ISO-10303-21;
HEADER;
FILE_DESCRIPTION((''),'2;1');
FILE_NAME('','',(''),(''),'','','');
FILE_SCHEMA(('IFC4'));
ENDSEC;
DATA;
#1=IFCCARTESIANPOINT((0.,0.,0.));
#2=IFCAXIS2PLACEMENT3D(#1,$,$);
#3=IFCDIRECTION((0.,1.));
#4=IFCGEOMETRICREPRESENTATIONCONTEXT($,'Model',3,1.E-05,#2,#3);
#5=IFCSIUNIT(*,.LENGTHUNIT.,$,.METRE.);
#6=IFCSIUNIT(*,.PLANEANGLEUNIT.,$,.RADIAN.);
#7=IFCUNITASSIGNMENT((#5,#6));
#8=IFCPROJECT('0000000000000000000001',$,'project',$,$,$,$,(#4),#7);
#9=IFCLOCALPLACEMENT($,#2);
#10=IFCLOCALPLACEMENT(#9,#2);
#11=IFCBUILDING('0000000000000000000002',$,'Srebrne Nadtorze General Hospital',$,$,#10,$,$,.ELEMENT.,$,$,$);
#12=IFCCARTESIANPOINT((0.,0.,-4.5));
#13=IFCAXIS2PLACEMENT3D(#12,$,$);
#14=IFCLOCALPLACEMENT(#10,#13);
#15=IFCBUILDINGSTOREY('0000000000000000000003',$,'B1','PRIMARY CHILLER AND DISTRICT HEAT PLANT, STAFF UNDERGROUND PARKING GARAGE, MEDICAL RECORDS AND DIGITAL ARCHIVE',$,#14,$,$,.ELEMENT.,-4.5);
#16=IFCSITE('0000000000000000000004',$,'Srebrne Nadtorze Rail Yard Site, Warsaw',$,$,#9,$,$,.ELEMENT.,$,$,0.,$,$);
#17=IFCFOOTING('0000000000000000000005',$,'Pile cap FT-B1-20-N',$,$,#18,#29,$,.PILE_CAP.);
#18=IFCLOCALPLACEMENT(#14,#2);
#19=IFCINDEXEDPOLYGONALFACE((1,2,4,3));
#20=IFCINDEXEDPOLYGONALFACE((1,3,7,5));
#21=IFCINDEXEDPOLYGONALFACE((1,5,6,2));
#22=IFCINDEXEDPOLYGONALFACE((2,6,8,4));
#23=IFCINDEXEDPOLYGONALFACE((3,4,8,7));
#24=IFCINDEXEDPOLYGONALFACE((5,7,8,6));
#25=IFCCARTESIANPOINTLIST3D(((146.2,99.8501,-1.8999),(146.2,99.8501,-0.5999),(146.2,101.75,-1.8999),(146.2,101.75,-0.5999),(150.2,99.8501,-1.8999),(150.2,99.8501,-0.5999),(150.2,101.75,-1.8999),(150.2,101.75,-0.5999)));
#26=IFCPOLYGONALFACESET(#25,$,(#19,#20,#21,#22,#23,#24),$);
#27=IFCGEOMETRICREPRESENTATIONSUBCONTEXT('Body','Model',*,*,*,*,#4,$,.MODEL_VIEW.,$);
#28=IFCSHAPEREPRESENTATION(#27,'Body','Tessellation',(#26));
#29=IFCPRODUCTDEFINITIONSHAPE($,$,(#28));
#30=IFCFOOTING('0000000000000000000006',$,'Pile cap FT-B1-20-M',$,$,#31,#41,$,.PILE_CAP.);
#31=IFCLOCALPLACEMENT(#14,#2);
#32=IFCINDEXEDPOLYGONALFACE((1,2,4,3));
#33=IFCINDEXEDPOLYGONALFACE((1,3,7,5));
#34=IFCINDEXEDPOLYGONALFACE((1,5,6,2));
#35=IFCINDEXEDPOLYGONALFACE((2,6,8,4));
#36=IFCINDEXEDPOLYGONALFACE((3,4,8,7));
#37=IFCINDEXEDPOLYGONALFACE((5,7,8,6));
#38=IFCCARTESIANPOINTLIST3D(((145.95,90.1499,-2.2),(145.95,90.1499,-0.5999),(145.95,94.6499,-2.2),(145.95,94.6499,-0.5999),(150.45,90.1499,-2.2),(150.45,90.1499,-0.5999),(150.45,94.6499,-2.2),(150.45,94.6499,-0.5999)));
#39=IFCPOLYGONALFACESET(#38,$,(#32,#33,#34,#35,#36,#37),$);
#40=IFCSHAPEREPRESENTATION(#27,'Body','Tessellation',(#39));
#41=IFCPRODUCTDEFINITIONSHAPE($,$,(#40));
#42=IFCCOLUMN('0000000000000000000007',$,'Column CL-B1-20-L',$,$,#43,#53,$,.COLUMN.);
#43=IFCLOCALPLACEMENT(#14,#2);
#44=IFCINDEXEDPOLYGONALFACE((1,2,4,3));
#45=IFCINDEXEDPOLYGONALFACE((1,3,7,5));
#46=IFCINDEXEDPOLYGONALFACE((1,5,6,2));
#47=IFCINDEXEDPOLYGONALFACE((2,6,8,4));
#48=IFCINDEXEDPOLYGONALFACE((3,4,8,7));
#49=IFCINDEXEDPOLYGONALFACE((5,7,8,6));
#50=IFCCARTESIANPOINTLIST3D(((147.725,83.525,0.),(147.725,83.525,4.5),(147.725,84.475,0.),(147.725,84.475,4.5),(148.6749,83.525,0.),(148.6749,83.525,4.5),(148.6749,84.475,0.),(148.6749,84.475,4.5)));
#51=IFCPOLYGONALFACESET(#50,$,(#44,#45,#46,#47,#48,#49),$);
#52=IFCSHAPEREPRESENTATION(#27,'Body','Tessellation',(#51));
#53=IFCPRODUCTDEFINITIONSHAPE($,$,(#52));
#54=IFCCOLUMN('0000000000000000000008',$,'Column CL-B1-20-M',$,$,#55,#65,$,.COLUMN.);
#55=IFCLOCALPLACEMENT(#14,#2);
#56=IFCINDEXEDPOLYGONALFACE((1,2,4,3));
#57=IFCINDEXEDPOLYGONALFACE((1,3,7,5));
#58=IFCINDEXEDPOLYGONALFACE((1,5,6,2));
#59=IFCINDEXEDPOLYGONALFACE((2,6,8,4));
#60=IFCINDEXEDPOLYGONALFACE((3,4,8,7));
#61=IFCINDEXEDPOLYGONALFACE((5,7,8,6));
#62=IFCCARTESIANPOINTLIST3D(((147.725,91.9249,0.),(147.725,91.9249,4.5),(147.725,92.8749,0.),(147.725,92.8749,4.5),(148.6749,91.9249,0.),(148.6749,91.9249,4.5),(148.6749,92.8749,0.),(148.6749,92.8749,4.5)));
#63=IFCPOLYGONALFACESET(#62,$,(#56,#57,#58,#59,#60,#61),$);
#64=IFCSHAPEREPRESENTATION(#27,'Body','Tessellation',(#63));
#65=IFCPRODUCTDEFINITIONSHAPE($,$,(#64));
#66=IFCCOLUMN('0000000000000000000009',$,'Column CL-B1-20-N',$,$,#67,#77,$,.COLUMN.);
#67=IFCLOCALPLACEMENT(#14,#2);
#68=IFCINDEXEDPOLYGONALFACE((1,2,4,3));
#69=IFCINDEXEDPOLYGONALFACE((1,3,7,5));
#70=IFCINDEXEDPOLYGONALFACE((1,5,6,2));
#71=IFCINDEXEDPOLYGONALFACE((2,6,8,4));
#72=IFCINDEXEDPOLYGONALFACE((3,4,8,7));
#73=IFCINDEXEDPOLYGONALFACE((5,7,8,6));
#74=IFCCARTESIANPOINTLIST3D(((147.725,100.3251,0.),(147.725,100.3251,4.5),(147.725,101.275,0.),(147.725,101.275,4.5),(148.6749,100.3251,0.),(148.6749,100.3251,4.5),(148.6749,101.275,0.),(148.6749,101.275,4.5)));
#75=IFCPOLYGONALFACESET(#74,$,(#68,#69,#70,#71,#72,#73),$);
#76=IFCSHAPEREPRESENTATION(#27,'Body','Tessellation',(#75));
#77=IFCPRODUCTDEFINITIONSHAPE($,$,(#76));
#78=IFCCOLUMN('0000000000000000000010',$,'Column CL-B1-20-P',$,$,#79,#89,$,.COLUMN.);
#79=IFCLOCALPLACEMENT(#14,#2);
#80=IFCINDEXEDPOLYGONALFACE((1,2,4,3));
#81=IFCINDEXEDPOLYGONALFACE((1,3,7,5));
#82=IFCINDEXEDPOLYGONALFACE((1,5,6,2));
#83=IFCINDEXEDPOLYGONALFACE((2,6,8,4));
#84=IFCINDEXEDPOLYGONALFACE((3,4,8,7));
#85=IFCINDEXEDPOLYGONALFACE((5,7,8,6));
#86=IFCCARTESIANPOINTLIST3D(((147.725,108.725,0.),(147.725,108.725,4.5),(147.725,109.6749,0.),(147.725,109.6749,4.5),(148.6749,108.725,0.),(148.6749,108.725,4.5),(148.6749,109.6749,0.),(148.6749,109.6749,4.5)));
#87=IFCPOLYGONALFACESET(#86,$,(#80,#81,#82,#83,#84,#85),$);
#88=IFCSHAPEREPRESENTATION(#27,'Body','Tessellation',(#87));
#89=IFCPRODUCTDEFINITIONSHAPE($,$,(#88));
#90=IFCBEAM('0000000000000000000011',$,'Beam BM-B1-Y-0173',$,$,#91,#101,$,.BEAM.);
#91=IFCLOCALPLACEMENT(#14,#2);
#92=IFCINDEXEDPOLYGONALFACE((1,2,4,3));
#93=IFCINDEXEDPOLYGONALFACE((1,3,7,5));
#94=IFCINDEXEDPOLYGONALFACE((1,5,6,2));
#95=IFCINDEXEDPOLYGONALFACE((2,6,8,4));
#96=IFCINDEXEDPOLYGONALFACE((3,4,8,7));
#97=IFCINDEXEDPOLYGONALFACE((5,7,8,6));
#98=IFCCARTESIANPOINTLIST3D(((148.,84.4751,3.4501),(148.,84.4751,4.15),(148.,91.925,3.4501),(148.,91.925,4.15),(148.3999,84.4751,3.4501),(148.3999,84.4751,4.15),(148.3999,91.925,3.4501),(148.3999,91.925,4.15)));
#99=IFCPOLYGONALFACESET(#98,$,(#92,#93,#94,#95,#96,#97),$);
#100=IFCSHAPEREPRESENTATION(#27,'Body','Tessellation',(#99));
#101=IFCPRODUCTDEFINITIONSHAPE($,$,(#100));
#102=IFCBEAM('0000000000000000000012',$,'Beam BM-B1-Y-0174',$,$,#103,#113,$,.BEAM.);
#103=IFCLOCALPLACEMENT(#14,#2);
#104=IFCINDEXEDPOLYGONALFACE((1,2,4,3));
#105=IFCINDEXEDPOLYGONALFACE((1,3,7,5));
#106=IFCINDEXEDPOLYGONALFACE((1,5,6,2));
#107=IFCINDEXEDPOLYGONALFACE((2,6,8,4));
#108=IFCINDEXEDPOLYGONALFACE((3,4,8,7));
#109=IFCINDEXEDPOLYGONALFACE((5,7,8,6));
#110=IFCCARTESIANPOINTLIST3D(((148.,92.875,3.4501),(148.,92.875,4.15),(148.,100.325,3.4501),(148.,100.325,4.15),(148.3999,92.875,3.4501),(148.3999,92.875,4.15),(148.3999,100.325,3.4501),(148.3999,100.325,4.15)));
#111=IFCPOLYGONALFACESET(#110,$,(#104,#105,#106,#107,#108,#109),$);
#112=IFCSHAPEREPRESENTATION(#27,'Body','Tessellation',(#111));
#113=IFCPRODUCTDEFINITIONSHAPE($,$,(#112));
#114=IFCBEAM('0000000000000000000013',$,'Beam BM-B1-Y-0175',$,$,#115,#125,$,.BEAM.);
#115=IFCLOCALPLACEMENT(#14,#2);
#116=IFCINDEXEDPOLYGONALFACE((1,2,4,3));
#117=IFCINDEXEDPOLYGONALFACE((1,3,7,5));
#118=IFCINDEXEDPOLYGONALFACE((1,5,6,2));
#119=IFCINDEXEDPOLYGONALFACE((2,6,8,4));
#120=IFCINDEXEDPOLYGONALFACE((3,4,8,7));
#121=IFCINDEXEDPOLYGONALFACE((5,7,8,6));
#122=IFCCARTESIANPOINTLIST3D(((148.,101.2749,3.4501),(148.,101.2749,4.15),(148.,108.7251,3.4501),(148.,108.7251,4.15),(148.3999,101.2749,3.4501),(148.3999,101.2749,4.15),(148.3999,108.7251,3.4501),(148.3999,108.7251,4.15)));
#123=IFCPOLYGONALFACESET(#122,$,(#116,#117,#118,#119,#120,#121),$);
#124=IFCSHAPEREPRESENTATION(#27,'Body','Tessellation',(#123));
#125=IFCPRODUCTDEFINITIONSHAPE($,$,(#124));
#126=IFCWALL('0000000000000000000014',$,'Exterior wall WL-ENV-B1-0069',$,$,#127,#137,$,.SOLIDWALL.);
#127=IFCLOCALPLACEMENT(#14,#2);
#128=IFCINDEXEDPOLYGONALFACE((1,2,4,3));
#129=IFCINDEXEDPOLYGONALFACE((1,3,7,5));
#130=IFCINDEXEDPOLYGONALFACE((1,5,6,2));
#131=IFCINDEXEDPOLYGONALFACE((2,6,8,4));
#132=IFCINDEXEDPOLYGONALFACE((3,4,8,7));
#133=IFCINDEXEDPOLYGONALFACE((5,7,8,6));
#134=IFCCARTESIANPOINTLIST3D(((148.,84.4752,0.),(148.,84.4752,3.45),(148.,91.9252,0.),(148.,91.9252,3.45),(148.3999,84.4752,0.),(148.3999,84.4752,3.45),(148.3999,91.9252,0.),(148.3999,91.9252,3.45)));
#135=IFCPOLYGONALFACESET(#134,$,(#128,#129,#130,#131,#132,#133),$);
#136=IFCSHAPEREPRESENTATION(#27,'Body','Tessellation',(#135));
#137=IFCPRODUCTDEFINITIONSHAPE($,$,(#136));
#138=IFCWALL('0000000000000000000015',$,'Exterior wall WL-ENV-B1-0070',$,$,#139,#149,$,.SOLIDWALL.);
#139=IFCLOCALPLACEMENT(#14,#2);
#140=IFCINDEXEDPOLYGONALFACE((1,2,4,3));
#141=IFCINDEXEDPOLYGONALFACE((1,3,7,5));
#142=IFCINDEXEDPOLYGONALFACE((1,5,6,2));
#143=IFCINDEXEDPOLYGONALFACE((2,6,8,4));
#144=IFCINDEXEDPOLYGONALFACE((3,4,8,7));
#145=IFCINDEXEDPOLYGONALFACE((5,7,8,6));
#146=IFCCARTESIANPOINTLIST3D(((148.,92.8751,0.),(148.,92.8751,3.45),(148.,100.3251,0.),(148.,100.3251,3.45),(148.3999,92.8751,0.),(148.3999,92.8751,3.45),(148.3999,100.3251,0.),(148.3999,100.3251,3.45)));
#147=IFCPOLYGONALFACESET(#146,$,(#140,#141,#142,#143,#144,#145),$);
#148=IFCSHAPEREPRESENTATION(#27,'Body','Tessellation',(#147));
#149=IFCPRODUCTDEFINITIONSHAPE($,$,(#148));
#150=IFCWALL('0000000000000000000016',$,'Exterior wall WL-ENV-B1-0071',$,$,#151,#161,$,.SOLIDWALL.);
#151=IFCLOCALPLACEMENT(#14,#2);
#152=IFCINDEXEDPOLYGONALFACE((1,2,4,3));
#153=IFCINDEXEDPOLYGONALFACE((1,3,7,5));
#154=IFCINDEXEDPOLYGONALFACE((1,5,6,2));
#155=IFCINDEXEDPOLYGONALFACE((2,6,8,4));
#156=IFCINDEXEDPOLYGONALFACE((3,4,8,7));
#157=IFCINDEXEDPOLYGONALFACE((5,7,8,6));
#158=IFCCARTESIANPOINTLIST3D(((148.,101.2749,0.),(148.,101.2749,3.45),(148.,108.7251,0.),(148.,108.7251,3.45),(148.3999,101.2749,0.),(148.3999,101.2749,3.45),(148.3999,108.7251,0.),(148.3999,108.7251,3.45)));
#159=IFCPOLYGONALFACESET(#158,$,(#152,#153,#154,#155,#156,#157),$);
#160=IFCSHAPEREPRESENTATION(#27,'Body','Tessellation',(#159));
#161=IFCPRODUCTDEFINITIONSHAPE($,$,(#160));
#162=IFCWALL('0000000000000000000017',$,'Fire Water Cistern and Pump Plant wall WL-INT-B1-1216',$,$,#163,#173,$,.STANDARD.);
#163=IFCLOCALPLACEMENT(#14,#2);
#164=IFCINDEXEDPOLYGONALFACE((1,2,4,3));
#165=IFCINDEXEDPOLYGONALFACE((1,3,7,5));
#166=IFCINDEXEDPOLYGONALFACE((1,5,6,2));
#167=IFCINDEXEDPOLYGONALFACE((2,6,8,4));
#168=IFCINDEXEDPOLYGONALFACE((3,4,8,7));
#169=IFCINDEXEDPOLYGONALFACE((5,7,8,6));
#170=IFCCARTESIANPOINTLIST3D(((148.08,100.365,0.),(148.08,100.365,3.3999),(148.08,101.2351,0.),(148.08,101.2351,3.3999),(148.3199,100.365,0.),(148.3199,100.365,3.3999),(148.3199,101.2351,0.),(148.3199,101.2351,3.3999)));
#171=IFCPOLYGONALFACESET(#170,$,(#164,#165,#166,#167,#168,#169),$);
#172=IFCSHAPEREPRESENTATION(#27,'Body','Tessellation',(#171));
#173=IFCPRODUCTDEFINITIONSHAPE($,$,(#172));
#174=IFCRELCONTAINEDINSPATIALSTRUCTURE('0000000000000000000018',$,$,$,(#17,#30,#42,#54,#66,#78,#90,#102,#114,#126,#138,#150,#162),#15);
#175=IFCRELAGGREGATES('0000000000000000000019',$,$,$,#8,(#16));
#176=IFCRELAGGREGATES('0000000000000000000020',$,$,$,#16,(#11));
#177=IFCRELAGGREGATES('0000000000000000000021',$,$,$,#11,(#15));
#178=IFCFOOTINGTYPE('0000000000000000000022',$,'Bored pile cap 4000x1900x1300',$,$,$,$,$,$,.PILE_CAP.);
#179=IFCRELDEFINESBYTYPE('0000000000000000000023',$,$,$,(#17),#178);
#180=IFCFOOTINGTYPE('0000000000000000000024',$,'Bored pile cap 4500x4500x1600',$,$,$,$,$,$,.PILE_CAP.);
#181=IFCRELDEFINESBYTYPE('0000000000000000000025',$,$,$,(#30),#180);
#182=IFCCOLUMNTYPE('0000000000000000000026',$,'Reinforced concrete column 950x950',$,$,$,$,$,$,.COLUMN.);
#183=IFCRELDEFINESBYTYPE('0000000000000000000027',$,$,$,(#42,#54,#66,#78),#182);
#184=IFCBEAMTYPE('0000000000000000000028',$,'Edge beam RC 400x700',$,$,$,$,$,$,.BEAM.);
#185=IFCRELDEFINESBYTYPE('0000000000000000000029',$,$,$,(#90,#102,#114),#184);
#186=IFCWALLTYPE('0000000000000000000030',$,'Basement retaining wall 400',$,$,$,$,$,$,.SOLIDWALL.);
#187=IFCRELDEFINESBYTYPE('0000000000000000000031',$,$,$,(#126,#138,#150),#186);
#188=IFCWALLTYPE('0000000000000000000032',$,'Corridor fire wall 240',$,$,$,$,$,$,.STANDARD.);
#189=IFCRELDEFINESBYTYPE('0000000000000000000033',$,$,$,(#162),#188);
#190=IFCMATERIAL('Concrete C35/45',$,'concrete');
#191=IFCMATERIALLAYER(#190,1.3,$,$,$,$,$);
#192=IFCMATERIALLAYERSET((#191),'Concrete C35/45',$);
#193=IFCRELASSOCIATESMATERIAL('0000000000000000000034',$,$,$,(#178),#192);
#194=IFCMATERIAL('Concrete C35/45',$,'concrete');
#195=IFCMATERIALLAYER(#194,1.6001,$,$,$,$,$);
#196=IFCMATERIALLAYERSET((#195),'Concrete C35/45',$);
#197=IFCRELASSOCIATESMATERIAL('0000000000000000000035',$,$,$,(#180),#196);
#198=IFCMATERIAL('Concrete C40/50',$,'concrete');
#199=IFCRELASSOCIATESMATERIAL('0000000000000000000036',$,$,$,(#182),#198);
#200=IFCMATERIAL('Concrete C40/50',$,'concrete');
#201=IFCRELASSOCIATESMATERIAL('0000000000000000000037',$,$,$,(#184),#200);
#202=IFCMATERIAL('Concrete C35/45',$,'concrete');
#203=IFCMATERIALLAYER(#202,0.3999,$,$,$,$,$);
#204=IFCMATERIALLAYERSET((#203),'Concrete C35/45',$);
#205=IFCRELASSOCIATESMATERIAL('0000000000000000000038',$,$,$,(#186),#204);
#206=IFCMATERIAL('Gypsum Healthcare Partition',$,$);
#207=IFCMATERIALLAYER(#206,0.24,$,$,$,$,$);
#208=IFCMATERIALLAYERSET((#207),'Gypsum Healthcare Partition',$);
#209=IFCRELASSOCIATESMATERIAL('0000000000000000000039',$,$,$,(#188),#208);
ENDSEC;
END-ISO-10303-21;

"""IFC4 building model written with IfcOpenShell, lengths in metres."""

from ifc_helpers import new_model, si_unit, direction, frame, frame_2d, origin, origin_2d, place, context, subcontext, project, spatial, rectangle, extrude, material, layer, layer_set, material_profile, profile_set, type_object, element, save


model = new_model("IFC4")

# Units and contexts
model_context = context("Model", 3, precision=1e-05, world=origin(), true_north=direction((0.0, 1.0)))
body_context = subcontext(model_context, "Body", "Model", "MODEL_VIEW")
ifc_project = project(units=[si_unit("LENGTHUNIT", "METRE"), si_unit("PLANEANGLEUNIT", "RADIAN")], contexts=[model_context])

# Site, building, storey
site_placement = place(None, origin())
site = spatial("IfcSite", under=ifc_project, at=site_placement, Name="Srebrne Nadtorze Rail Yard Site, Warsaw", CompositionType="ELEMENT", RefElevation=0.0)
building_placement = place(site_placement, origin())
building = spatial("IfcBuilding", under=site, at=building_placement, Name="Srebrne Nadtorze General Hospital", CompositionType="ELEMENT")
storey_placement = place(building_placement, frame((0.0, 0.0, -4.5)))
storey = spatial("IfcBuildingStorey", under=building, at=storey_placement, Name="B1", Description="PRIMARY CHILLER AND DISTRICT HEAT PLANT, STAFF UNDERGROUND PARKING GARAGE, MEDICAL RECORDS AND DIGITAL ARCHIVE", CompositionType="ELEMENT", Elevation=-4.5)

# Footings
ifc_material_1 = material(Name="Concrete C35/45", Category="concrete")
ifc_layer_1 = layer(ifc_material_1, 1.3)
ifc_layer_set_1 = layer_set([ifc_layer_1], Name="Concrete C35/45")
footing_type_1 = type_object("IfcFootingType", Name="Bored pile cap 4000x1900x1300", PredefinedType="PILE_CAP", material=ifc_layer_set_1)
footing_1_placement = place(storey_placement, frame((148.2, 100.8, -1.8999), z_axis=(0.0, 0.0, 1.0), x_axis=(1.0, 0.0, 0.0)))
element("IfcFooting", 1, at=footing_1_placement, inside=storey, type_object=footing_type_1, Name="Pile cap FT-B1-20-N", PredefinedType="PILE_CAP", context=body_context, shape_type="SweptSolid", body=[
    extrude(rectangle(XDim=4.0, YDim=1.8999, at=origin_2d()), origin(), (0.0, 0.0, 1.0), 1.3),
])
ifc_material_2 = material(Name="Concrete C35/45", Category="concrete")
ifc_layer_2 = layer(ifc_material_2, 1.6001)
ifc_layer_set_2 = layer_set([ifc_layer_2], Name="Concrete C35/45")
footing_type_2 = type_object("IfcFootingType", Name="Bored pile cap 4500x4500x1600", PredefinedType="PILE_CAP", material=ifc_layer_set_2)
footing_2_placement = place(storey_placement, frame((148.2, 92.3999, -2.2), z_axis=(0.0, 0.0, 1.0), x_axis=(1.0, 0.0, 0.0)))
element("IfcFooting", 2, at=footing_2_placement, inside=storey, type_object=footing_type_2, Name="Pile cap FT-B1-20-M", PredefinedType="PILE_CAP", context=body_context, shape_type="SweptSolid", body=[
    extrude(rectangle(XDim=4.5, YDim=4.5, at=origin_2d()), origin(), (0.0, 0.0, 1.0), 1.6001),
])

# Columns
ifc_material_3 = material(Name="Concrete C40/50", Category="concrete")
ifc_material_profile_1 = material_profile(ifc_material_3, rectangle(XDim=0.95, YDim=0.95, at=origin_2d()), Name="RC-COL-950x950")
ifc_profile_set_1 = profile_set([ifc_material_profile_1], Name="Concrete C40/50")
column_type = type_object("IfcColumnType", Name="Reinforced concrete column 950x950", PredefinedType="COLUMN", material=ifc_profile_set_1)
for number, where, z_axis, x_axis, name in (
    (3, (148.2, 84.0, 0.0), (0.0, 0.0, 1.0), (1.0, 0.0, 0.0), "Column CL-B1-20-L"),
    (4, (148.2, 92.3999, 0.0), (0.0, 0.0, 1.0), (1.0, 0.0, 0.0), "Column CL-B1-20-M"),
    (5, (148.2, 100.8, 0.0), (0.0, 0.0, 1.0), (1.0, 0.0, 0.0), "Column CL-B1-20-N"),
    (6, (148.2, 109.2, 0.0), (0.0, 0.0, 1.0), (1.0, 0.0, 0.0), "Column CL-B1-20-P"),
):
    element("IfcColumn", number, at=place(storey_placement, frame(where, z_axis=z_axis, x_axis=x_axis)), inside=storey, type_object=column_type, Name=name, PredefinedType="COLUMN", context=body_context, shape_type="SweptSolid", body=[
        extrude(rectangle(XDim=0.95, YDim=0.95, at=origin_2d()), origin(), (0.0, 0.0, 1.0), 4.5),
    ])

# Beams
ifc_material_4 = material(Name="Concrete C40/50", Category="concrete")
ifc_material_profile_2 = material_profile(ifc_material_4, rectangle(XDim=0.3999, YDim=0.7, at=origin_2d()), Name="RC-BM-400x700")
ifc_profile_set_2 = profile_set([ifc_material_profile_2], Name="Concrete C40/50")
beam_type = type_object("IfcBeamType", Name="Edge beam RC 400x700", PredefinedType="BEAM", material=ifc_profile_set_2)
for number, where, z_axis, x_axis, name in (
    (7, (148.2, 84.4751, 3.8), (0.0, 1.0, 0.0), (-1.0, 0.0, 0.0), "Beam BM-B1-Y-0173"),
    (8, (148.2, 92.875, 3.8), (0.0, 1.0, 0.0), (-1.0, 0.0, 0.0), "Beam BM-B1-Y-0174"),
):
    element("IfcBeam", number, at=place(storey_placement, frame(where, z_axis=z_axis, x_axis=x_axis)), inside=storey, type_object=beam_type, Name=name, PredefinedType="BEAM", context=body_context, shape_type="SweptSolid", body=[
        extrude(rectangle(XDim=0.3999, YDim=0.7, at=origin_2d()), origin(), (0.0, 0.0, 1.0), 7.45),
    ])
beam_placement = place(storey_placement, frame((148.2, 101.2749, 3.8), z_axis=(0.0, 1.0, 0.0), x_axis=(-1.0, 0.0, 0.0)))
element("IfcBeam", 9, at=beam_placement, inside=storey, type_object=beam_type, Name="Beam BM-B1-Y-0175", PredefinedType="BEAM", context=body_context, shape_type="SweptSolid", body=[
    extrude(rectangle(XDim=0.3999, YDim=0.7, at=origin_2d()), origin(), (0.0, 0.0, 1.0), 7.4502),
])

# Walls
ifc_material_5 = material(Name="Concrete C35/45", Category="concrete")
ifc_layer_3 = layer(ifc_material_5, 0.3999)
ifc_layer_set_3 = layer_set([ifc_layer_3], Name="Concrete C35/45")
wall_type_1 = type_object("IfcWallType", Name="Basement retaining wall 400", PredefinedType="SOLIDWALL", material=ifc_layer_set_3)
for number, where, z_axis, x_axis, name in (
    (10, (148.2, 84.4751, 0.0), (0.0, 0.0, 1.0), (0.0, 1.0, 0.0), "Exterior wall WL-ENV-B1-0069"),
    (11, (148.2, 92.875, 0.0), (0.0, 0.0, 1.0), (0.0, 1.0, 0.0), "Exterior wall WL-ENV-B1-0070"),
):
    element("IfcWall", number, at=place(storey_placement, frame(where, z_axis=z_axis, x_axis=x_axis)), inside=storey, type_object=wall_type_1, Name=name, PredefinedType="SOLIDWALL", context=body_context, shape_type="SweptSolid", body=[
        extrude(rectangle(XDim=7.45, YDim=0.3999, at=frame_2d((3.7251, 0.0))), origin(), (0.0, 0.0, 1.0), 3.45),
    ])
wall_1_placement = place(storey_placement, frame((148.2, 101.2749, 0.0), z_axis=(0.0, 0.0, 1.0), x_axis=(0.0, 1.0, 0.0)))
element("IfcWall", 12, at=wall_1_placement, inside=storey, type_object=wall_type_1, Name="Exterior wall WL-ENV-B1-0071", PredefinedType="SOLIDWALL", context=body_context, shape_type="SweptSolid", body=[
    extrude(rectangle(XDim=7.4502, YDim=0.3999, at=frame_2d((3.7251, 0.0))), origin(), (0.0, 0.0, 1.0), 3.45),
])
ifc_material_6 = material(Name="Gypsum Healthcare Partition")
ifc_layer_4 = layer(ifc_material_6, 0.24)
ifc_layer_set_4 = layer_set([ifc_layer_4], Name="Gypsum Healthcare Partition")
wall_type_2 = type_object("IfcWallType", Name="Corridor fire wall 240", PredefinedType="STANDARD", material=ifc_layer_set_4)
wall_2_placement = place(storey_placement, frame((148.2, 100.365, 0.0), z_axis=(0.0, 0.0, 1.0), x_axis=(0.0, 1.0, 0.0)))
element("IfcWall", 13, at=wall_2_placement, inside=storey, type_object=wall_type_2, Name="Fire Water Cistern and Pump Plant wall WL-INT-B1-1216", PredefinedType="STANDARD", context=body_context, shape_type="SweptSolid", body=[
    extrude(rectangle(XDim=0.8701, YDim=0.24, at=frame_2d((0.4351, 0.0))), origin(), (0.0, 0.0, 1.0), 3.3999),
])

save(model, "model.ifc")
